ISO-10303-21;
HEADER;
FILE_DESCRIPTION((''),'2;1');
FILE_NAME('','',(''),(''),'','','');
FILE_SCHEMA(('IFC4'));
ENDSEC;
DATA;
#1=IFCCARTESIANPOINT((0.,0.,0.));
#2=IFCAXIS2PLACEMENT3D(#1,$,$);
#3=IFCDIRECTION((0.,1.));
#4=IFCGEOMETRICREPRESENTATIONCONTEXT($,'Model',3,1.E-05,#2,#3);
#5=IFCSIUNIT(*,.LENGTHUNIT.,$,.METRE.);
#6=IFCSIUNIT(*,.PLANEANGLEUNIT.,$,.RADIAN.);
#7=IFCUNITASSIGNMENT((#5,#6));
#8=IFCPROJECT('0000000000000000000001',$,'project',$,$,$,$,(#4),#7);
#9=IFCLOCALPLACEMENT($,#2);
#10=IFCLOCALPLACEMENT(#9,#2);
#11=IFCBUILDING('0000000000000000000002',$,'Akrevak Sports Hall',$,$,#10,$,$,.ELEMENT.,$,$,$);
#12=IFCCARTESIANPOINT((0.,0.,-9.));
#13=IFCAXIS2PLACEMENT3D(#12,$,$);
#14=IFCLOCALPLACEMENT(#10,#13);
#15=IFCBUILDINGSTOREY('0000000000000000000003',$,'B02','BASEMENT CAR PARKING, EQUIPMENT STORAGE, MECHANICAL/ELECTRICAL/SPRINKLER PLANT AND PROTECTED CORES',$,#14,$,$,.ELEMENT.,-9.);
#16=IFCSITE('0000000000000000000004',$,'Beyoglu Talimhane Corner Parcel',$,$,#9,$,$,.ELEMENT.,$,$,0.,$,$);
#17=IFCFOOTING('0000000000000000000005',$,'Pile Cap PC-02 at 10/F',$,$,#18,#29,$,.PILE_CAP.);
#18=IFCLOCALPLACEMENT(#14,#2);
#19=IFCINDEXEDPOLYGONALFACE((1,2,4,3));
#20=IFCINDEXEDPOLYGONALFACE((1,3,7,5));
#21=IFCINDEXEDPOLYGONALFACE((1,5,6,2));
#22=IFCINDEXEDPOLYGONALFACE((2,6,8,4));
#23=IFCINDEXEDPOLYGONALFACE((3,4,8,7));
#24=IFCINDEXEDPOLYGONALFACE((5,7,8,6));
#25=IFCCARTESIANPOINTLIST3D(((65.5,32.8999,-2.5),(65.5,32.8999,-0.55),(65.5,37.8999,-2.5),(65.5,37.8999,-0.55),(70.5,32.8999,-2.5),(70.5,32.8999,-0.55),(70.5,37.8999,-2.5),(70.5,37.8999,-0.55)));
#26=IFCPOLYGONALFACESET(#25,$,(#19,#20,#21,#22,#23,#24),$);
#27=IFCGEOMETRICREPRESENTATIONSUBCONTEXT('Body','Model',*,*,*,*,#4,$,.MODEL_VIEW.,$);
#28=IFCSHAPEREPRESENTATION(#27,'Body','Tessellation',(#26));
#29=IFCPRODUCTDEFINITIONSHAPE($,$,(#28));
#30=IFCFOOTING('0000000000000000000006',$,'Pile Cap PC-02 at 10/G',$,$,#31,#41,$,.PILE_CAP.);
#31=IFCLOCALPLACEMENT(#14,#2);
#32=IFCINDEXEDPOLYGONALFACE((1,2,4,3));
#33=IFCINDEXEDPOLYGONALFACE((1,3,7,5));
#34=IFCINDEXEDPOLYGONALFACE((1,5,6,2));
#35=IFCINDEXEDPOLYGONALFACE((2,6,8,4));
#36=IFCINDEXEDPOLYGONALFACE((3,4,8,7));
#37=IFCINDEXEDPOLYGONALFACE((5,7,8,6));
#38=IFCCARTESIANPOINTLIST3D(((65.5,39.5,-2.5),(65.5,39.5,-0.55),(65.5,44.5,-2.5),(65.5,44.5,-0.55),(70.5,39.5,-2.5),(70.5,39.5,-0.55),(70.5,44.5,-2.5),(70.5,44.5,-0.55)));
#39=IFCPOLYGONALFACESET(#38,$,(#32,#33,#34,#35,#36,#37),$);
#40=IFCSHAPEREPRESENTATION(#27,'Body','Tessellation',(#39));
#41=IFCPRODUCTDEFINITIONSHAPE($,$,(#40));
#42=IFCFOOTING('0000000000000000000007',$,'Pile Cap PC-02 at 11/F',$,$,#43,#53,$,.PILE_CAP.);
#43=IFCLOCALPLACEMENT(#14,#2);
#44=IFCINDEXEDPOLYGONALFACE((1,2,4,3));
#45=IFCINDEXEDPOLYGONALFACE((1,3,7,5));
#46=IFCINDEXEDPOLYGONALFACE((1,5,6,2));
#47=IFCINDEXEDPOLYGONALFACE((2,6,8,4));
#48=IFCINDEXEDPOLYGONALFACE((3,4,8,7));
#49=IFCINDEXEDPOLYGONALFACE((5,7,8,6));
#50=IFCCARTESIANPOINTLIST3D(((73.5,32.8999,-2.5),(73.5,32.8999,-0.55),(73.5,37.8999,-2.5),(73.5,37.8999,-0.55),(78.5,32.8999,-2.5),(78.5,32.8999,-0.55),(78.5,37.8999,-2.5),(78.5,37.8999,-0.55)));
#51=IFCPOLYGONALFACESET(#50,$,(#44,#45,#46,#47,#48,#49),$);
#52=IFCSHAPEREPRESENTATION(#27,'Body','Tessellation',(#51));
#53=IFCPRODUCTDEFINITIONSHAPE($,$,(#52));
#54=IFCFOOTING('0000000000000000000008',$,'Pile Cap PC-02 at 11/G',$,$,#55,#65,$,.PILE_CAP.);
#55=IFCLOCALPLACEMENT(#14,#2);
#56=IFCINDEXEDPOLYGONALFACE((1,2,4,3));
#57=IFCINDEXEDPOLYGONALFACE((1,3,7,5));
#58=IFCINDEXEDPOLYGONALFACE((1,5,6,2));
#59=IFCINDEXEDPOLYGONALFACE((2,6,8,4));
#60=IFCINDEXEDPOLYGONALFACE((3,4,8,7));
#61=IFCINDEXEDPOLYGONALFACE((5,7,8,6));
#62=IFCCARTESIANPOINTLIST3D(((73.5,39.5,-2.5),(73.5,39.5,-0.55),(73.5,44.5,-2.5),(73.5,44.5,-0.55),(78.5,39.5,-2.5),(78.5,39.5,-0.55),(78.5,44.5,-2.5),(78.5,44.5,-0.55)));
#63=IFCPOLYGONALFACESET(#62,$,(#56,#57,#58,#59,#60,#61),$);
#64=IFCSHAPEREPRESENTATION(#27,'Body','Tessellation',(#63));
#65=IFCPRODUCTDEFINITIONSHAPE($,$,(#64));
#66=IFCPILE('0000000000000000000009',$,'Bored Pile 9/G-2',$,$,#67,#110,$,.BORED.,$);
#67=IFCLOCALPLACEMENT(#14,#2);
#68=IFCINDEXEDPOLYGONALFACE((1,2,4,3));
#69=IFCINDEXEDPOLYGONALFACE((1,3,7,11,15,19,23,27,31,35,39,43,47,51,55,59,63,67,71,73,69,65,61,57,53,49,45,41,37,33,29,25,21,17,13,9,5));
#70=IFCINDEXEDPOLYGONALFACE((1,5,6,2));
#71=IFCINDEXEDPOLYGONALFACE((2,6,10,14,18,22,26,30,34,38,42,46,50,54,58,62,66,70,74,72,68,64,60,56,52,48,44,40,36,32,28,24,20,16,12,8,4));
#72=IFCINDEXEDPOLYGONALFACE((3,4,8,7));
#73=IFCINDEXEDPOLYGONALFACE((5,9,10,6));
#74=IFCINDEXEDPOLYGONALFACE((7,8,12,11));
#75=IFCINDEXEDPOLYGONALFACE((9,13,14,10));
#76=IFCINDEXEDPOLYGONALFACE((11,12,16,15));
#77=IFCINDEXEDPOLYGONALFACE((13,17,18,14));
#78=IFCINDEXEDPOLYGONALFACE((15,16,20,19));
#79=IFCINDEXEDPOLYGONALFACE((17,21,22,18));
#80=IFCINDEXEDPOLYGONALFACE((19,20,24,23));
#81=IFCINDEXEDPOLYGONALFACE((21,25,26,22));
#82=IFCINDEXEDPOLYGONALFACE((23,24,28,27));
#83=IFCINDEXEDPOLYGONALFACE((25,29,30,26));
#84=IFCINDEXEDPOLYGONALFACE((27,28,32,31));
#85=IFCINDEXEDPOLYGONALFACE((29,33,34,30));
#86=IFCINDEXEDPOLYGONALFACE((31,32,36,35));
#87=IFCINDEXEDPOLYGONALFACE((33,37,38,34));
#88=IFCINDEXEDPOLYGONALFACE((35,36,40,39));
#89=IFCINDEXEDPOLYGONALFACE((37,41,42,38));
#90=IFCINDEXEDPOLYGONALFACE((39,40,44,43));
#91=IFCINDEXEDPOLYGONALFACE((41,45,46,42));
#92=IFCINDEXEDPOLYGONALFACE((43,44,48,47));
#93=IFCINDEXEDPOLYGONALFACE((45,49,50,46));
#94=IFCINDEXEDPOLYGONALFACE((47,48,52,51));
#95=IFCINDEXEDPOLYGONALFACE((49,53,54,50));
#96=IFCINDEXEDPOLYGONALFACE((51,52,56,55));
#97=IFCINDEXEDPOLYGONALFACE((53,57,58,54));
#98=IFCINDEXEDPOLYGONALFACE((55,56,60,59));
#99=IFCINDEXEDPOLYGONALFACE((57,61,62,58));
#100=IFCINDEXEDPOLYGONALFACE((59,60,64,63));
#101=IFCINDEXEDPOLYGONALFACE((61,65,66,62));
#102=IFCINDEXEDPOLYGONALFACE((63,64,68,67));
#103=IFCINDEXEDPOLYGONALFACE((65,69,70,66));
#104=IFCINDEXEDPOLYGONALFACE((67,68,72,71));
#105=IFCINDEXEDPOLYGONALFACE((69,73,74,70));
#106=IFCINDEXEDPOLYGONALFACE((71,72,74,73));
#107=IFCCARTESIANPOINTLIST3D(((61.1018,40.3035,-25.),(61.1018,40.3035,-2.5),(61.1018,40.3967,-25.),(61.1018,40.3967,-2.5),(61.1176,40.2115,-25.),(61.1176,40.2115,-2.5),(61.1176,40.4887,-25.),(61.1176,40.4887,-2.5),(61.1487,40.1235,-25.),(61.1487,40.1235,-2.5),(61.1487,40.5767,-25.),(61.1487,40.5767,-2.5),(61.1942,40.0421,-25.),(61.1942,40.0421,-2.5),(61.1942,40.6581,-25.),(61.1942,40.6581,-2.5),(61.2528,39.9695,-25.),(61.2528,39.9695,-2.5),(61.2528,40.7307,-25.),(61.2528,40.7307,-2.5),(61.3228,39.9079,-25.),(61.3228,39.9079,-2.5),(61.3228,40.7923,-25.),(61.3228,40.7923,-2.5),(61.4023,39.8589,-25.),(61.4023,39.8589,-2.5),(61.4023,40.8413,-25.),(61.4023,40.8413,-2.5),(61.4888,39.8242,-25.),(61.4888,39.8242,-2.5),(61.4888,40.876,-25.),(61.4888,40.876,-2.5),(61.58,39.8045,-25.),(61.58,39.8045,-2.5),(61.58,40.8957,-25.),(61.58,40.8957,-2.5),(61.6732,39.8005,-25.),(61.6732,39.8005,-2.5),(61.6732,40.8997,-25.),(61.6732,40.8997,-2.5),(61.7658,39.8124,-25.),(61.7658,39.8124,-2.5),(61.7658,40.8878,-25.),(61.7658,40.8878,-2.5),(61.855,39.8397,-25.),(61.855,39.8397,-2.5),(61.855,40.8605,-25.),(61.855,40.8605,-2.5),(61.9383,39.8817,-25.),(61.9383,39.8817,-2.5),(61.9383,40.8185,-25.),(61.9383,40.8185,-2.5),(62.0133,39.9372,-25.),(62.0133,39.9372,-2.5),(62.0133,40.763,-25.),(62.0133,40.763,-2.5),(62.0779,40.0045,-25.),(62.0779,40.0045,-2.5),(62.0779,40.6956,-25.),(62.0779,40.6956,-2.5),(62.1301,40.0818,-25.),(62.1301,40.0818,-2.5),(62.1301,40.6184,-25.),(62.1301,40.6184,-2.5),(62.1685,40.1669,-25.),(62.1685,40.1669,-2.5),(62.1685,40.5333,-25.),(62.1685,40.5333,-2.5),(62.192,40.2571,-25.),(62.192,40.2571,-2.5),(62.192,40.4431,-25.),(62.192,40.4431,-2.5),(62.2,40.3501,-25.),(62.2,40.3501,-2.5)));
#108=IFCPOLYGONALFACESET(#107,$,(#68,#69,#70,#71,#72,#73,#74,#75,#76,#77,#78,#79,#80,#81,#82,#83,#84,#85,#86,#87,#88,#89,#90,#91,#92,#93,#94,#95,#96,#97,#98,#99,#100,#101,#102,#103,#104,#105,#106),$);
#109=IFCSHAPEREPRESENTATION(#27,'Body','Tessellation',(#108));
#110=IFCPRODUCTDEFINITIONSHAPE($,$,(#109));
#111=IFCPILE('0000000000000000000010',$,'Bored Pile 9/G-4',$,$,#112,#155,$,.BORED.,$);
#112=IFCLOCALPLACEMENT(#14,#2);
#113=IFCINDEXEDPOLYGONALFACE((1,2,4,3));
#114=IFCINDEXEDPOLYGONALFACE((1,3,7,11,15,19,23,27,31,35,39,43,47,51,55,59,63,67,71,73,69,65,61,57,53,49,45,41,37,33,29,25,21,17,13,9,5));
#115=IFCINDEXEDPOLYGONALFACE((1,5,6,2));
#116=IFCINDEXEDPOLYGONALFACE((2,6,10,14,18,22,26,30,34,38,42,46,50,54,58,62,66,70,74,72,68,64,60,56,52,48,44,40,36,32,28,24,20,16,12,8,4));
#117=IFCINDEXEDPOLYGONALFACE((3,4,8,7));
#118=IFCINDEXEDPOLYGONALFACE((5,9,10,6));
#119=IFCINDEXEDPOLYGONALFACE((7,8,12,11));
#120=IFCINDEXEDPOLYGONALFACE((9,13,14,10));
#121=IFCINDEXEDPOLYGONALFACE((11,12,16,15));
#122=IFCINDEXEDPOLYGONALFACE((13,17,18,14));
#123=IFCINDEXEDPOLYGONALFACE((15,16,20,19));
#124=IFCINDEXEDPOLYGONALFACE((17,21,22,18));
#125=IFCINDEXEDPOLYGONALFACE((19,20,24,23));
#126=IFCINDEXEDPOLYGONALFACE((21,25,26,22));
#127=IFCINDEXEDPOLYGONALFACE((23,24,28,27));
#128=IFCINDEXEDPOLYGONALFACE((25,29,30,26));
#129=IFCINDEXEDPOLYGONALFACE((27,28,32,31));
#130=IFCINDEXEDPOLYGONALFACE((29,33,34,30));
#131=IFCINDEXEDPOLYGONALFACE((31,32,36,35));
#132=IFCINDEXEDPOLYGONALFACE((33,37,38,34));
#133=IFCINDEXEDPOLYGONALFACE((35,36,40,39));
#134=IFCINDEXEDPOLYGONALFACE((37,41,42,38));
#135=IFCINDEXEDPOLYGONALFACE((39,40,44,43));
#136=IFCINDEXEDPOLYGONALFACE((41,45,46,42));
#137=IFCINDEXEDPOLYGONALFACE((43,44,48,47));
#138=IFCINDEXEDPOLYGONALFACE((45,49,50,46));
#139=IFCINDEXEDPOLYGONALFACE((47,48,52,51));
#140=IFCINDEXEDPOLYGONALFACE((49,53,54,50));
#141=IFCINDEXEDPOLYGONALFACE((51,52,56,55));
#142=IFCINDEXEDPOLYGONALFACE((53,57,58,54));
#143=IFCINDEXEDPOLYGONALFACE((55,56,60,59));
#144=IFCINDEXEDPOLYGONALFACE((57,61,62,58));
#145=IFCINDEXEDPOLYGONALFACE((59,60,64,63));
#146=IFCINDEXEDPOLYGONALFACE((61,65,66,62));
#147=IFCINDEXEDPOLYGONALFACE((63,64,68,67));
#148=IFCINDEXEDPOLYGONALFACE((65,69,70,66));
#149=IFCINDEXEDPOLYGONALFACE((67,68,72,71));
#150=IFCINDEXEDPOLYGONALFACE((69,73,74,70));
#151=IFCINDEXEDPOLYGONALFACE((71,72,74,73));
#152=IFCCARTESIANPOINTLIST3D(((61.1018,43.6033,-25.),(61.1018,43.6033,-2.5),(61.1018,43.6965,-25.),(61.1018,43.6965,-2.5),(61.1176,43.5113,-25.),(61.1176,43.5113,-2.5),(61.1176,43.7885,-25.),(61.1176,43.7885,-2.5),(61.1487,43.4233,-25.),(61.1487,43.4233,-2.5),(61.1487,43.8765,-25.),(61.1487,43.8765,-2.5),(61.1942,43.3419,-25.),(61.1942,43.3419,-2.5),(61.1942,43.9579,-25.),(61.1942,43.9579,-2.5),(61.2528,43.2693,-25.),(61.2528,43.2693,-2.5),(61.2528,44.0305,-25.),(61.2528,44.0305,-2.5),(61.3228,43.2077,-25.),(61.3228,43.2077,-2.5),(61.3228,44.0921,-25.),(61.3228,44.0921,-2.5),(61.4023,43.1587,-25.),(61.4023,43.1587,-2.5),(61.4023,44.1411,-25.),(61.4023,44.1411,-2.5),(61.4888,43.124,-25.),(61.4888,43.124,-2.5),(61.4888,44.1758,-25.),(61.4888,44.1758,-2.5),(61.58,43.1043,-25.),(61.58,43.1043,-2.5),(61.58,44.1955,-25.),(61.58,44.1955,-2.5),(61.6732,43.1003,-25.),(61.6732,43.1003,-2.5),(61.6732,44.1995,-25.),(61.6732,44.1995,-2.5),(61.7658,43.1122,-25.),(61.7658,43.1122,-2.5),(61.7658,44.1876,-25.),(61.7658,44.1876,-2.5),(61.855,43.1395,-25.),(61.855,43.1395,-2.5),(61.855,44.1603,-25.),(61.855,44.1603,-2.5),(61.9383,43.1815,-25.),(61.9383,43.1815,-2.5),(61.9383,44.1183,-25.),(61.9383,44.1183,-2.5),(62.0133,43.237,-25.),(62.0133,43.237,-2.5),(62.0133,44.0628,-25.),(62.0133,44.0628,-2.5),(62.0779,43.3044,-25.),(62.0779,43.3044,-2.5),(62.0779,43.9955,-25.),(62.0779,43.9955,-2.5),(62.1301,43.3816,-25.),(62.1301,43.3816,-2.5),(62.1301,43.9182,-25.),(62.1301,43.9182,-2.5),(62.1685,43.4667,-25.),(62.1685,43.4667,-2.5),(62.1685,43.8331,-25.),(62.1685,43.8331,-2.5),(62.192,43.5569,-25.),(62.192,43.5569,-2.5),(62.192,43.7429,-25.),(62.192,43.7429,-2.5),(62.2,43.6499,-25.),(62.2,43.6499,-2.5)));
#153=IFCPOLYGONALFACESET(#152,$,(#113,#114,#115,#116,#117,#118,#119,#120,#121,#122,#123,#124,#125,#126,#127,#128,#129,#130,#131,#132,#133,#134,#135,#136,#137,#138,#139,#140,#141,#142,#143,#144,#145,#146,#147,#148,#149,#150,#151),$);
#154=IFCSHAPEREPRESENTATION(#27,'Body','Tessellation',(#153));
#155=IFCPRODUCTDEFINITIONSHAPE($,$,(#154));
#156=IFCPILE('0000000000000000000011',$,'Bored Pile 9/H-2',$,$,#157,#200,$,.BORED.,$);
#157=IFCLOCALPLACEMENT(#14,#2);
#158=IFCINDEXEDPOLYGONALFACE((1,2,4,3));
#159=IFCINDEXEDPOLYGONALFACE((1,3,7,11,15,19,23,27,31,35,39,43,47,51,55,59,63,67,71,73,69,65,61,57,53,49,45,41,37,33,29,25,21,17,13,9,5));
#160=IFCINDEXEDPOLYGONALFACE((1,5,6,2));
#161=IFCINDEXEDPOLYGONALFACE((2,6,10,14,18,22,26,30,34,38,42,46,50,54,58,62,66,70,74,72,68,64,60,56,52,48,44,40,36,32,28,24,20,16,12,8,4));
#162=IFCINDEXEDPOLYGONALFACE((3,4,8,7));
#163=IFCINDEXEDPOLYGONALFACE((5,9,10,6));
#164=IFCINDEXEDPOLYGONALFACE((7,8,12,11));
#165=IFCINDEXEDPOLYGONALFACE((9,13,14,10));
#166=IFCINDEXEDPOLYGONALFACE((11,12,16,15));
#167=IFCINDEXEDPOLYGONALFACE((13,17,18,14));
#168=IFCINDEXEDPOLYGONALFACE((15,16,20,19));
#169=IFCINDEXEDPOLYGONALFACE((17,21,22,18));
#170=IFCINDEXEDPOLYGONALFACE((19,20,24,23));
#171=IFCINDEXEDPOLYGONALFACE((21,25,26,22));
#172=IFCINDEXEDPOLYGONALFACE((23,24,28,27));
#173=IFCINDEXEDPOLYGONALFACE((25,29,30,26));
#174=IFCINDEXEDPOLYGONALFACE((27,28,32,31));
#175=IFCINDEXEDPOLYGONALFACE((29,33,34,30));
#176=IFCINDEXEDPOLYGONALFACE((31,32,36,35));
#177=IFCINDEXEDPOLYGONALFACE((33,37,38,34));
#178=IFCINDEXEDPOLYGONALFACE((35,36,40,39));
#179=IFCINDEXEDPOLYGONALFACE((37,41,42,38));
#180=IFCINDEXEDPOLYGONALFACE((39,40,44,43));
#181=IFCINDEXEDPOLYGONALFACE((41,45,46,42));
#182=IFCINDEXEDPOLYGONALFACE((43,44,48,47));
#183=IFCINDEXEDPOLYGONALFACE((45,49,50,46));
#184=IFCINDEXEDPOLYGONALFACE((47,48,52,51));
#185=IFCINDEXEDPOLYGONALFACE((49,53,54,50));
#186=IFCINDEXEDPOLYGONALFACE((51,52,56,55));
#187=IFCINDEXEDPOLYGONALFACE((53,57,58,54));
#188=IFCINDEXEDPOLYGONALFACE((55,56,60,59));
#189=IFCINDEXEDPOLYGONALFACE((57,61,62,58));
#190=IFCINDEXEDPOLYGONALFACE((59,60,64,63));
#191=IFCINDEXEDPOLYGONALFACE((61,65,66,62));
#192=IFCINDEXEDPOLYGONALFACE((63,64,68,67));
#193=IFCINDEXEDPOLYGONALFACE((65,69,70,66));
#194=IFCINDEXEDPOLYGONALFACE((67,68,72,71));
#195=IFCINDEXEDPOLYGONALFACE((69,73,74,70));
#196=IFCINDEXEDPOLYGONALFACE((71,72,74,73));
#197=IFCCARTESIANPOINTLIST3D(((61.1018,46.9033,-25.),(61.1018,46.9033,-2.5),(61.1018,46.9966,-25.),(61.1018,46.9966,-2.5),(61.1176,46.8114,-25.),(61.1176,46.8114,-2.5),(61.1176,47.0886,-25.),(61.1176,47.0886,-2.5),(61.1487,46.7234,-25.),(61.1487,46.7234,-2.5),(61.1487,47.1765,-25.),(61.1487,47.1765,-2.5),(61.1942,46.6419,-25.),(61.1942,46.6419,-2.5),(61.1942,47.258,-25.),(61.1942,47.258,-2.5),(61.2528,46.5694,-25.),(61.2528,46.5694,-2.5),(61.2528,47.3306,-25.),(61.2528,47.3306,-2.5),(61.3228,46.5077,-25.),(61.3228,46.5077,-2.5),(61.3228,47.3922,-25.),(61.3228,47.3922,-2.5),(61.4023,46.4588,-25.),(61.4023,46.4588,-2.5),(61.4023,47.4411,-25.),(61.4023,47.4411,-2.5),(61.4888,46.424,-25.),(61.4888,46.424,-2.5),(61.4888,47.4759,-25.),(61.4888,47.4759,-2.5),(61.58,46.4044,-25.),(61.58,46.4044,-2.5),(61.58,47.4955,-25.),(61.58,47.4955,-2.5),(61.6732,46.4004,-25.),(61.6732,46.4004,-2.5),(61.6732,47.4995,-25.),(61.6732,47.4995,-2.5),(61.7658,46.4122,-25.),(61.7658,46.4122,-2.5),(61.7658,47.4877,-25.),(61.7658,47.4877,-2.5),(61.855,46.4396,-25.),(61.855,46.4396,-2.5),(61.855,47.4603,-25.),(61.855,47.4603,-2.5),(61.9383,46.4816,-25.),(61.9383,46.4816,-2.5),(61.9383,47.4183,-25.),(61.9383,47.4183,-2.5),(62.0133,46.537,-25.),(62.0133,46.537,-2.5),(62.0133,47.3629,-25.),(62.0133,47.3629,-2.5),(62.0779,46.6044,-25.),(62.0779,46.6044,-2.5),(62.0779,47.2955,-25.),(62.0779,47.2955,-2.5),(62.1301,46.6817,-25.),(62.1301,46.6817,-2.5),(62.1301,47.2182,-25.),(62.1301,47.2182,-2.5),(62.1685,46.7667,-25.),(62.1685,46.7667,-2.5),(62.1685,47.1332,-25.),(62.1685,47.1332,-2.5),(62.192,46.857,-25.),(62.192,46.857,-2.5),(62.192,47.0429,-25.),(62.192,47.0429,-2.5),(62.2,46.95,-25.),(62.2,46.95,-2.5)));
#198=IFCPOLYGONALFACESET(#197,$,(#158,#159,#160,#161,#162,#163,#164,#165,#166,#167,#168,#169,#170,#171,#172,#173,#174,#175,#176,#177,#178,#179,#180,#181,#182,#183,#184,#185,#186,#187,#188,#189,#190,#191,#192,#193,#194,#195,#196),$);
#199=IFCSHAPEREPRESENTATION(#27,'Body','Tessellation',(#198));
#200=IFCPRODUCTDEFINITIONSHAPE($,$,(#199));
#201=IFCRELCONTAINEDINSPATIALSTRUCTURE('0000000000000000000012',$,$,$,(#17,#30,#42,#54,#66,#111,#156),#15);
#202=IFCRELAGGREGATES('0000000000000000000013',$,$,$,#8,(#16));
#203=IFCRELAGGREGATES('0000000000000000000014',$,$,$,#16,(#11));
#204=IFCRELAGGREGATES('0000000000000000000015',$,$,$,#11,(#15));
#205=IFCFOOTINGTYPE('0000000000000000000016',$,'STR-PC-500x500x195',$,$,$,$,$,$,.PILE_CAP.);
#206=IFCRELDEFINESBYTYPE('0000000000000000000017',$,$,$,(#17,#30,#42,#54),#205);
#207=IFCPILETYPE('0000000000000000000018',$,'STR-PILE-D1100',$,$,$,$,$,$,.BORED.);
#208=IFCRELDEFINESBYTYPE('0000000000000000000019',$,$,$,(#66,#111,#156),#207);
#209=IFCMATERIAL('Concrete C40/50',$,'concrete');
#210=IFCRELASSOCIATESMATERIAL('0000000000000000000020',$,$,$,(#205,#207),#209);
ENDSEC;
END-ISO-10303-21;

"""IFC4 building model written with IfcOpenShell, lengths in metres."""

from ifc_helpers import new_model, si_unit, direction, frame, origin, origin_2d, place, context, subcontext, project, spatial, rectangle, circle, extrude, material, material_profile, profile_set, type_object, element, save


model = new_model("IFC4")

# Units and contexts
model_context = context("Model", 3, precision=1e-05, world=origin(), true_north=direction((0.0, 1.0)))
body_context = subcontext(model_context, "Body", "Model", "MODEL_VIEW")
ifc_project = project(units=[si_unit("LENGTHUNIT", "METRE"), si_unit("PLANEANGLEUNIT", "RADIAN")], contexts=[model_context])

# Site, building, storey
site_placement = place(None, origin())
site = spatial("IfcSite", under=ifc_project, at=site_placement, Name="Beyoglu Talimhane Corner Parcel", CompositionType="ELEMENT", RefElevation=0.0)
building_placement = place(site_placement, origin())
building = spatial("IfcBuilding", under=site, at=building_placement, Name="Akrevak Sports Hall", CompositionType="ELEMENT")
storey_placement = place(building_placement, frame((0.0, 0.0, -9.0)))
storey = spatial("IfcBuildingStorey", under=building, at=storey_placement, Name="B02", Description="BASEMENT CAR PARKING, EQUIPMENT STORAGE, MECHANICAL/ELECTRICAL/SPRINKLER PLANT AND PROTECTED CORES", CompositionType="ELEMENT", Elevation=-9.0)

# Footings
ifc_material_1 = material(Name="Concrete C40/50", Category="concrete")
footing_type = type_object("IfcFootingType", Name="STR-PC-500x500x195", PredefinedType="PILE_CAP", material=ifc_material_1)
for number, where, z_axis, x_axis, name in (
    (1, (68.0, 35.3999, -2.5), (0.0, 0.0, 1.0), (1.0, 0.0, 0.0), "Pile Cap PC-02 at 10/F"),
    (2, (68.0, 42.0, -2.5), (0.0, 0.0, 1.0), (1.0, 0.0, 0.0), "Pile Cap PC-02 at 10/G"),
    (3, (76.0, 35.3999, -2.5), (0.0, 0.0, 1.0), (1.0, 0.0, 0.0), "Pile Cap PC-02 at 11/F"),
    (4, (76.0, 42.0, -2.5), (0.0, 0.0, 1.0), (1.0, 0.0, 0.0), "Pile Cap PC-02 at 11/G"),
):
    element("IfcFooting", number, at=place(storey_placement, frame(where, z_axis=z_axis, x_axis=x_axis)), inside=storey, type_object=footing_type, Name=name, PredefinedType="PILE_CAP", context=body_context, shape_type="SweptSolid", body=[
        extrude(rectangle(XDim=5.0, YDim=5.0, at=origin_2d()), origin(), (0.0, 0.0, 1.0), 1.95),
    ])

# Piles
ifc_material_profile_1 = material_profile(ifc_material_1, circle(Radius=0.55, at=origin_2d()), Name="BORED PILE D1100", Category="concrete")
ifc_profile_set_1 = profile_set([ifc_material_profile_1], Name="Concrete C40/50")
pile_type_1 = type_object("IfcPileType", Name="STR-PILE-D1100", PredefinedType="BORED", material=ifc_profile_set_1)
for number, where, z_axis, x_axis, name in (
    (5, (61.6499, 40.3501, -2.5), (0.0, 0.0, -1.0), (1.0, 0.0, 0.0), "Bored Pile 9/G-2"),
    (6, (61.6499, 43.6499, -2.5), (0.0, 0.0, -1.0), (1.0, 0.0, 0.0), "Bored Pile 9/G-4"),
    (7, (61.6499, 46.95, -2.5), (0.0, 0.0, -1.0), (1.0, 0.0, 0.0), "Bored Pile 9/H-2"),
):
    element("IfcPile", number, at=place(storey_placement, frame(where, z_axis=z_axis, x_axis=x_axis)), inside=storey, type_object=pile_type_1, Name=name, PredefinedType="BORED", context=body_context, shape_type="SweptSolid", body=[
        extrude(circle(Radius=0.55, at=origin_2d()), origin(), (0.0, 0.0, 1.0), 22.5),
    ])

save(model, "model.ifc")
